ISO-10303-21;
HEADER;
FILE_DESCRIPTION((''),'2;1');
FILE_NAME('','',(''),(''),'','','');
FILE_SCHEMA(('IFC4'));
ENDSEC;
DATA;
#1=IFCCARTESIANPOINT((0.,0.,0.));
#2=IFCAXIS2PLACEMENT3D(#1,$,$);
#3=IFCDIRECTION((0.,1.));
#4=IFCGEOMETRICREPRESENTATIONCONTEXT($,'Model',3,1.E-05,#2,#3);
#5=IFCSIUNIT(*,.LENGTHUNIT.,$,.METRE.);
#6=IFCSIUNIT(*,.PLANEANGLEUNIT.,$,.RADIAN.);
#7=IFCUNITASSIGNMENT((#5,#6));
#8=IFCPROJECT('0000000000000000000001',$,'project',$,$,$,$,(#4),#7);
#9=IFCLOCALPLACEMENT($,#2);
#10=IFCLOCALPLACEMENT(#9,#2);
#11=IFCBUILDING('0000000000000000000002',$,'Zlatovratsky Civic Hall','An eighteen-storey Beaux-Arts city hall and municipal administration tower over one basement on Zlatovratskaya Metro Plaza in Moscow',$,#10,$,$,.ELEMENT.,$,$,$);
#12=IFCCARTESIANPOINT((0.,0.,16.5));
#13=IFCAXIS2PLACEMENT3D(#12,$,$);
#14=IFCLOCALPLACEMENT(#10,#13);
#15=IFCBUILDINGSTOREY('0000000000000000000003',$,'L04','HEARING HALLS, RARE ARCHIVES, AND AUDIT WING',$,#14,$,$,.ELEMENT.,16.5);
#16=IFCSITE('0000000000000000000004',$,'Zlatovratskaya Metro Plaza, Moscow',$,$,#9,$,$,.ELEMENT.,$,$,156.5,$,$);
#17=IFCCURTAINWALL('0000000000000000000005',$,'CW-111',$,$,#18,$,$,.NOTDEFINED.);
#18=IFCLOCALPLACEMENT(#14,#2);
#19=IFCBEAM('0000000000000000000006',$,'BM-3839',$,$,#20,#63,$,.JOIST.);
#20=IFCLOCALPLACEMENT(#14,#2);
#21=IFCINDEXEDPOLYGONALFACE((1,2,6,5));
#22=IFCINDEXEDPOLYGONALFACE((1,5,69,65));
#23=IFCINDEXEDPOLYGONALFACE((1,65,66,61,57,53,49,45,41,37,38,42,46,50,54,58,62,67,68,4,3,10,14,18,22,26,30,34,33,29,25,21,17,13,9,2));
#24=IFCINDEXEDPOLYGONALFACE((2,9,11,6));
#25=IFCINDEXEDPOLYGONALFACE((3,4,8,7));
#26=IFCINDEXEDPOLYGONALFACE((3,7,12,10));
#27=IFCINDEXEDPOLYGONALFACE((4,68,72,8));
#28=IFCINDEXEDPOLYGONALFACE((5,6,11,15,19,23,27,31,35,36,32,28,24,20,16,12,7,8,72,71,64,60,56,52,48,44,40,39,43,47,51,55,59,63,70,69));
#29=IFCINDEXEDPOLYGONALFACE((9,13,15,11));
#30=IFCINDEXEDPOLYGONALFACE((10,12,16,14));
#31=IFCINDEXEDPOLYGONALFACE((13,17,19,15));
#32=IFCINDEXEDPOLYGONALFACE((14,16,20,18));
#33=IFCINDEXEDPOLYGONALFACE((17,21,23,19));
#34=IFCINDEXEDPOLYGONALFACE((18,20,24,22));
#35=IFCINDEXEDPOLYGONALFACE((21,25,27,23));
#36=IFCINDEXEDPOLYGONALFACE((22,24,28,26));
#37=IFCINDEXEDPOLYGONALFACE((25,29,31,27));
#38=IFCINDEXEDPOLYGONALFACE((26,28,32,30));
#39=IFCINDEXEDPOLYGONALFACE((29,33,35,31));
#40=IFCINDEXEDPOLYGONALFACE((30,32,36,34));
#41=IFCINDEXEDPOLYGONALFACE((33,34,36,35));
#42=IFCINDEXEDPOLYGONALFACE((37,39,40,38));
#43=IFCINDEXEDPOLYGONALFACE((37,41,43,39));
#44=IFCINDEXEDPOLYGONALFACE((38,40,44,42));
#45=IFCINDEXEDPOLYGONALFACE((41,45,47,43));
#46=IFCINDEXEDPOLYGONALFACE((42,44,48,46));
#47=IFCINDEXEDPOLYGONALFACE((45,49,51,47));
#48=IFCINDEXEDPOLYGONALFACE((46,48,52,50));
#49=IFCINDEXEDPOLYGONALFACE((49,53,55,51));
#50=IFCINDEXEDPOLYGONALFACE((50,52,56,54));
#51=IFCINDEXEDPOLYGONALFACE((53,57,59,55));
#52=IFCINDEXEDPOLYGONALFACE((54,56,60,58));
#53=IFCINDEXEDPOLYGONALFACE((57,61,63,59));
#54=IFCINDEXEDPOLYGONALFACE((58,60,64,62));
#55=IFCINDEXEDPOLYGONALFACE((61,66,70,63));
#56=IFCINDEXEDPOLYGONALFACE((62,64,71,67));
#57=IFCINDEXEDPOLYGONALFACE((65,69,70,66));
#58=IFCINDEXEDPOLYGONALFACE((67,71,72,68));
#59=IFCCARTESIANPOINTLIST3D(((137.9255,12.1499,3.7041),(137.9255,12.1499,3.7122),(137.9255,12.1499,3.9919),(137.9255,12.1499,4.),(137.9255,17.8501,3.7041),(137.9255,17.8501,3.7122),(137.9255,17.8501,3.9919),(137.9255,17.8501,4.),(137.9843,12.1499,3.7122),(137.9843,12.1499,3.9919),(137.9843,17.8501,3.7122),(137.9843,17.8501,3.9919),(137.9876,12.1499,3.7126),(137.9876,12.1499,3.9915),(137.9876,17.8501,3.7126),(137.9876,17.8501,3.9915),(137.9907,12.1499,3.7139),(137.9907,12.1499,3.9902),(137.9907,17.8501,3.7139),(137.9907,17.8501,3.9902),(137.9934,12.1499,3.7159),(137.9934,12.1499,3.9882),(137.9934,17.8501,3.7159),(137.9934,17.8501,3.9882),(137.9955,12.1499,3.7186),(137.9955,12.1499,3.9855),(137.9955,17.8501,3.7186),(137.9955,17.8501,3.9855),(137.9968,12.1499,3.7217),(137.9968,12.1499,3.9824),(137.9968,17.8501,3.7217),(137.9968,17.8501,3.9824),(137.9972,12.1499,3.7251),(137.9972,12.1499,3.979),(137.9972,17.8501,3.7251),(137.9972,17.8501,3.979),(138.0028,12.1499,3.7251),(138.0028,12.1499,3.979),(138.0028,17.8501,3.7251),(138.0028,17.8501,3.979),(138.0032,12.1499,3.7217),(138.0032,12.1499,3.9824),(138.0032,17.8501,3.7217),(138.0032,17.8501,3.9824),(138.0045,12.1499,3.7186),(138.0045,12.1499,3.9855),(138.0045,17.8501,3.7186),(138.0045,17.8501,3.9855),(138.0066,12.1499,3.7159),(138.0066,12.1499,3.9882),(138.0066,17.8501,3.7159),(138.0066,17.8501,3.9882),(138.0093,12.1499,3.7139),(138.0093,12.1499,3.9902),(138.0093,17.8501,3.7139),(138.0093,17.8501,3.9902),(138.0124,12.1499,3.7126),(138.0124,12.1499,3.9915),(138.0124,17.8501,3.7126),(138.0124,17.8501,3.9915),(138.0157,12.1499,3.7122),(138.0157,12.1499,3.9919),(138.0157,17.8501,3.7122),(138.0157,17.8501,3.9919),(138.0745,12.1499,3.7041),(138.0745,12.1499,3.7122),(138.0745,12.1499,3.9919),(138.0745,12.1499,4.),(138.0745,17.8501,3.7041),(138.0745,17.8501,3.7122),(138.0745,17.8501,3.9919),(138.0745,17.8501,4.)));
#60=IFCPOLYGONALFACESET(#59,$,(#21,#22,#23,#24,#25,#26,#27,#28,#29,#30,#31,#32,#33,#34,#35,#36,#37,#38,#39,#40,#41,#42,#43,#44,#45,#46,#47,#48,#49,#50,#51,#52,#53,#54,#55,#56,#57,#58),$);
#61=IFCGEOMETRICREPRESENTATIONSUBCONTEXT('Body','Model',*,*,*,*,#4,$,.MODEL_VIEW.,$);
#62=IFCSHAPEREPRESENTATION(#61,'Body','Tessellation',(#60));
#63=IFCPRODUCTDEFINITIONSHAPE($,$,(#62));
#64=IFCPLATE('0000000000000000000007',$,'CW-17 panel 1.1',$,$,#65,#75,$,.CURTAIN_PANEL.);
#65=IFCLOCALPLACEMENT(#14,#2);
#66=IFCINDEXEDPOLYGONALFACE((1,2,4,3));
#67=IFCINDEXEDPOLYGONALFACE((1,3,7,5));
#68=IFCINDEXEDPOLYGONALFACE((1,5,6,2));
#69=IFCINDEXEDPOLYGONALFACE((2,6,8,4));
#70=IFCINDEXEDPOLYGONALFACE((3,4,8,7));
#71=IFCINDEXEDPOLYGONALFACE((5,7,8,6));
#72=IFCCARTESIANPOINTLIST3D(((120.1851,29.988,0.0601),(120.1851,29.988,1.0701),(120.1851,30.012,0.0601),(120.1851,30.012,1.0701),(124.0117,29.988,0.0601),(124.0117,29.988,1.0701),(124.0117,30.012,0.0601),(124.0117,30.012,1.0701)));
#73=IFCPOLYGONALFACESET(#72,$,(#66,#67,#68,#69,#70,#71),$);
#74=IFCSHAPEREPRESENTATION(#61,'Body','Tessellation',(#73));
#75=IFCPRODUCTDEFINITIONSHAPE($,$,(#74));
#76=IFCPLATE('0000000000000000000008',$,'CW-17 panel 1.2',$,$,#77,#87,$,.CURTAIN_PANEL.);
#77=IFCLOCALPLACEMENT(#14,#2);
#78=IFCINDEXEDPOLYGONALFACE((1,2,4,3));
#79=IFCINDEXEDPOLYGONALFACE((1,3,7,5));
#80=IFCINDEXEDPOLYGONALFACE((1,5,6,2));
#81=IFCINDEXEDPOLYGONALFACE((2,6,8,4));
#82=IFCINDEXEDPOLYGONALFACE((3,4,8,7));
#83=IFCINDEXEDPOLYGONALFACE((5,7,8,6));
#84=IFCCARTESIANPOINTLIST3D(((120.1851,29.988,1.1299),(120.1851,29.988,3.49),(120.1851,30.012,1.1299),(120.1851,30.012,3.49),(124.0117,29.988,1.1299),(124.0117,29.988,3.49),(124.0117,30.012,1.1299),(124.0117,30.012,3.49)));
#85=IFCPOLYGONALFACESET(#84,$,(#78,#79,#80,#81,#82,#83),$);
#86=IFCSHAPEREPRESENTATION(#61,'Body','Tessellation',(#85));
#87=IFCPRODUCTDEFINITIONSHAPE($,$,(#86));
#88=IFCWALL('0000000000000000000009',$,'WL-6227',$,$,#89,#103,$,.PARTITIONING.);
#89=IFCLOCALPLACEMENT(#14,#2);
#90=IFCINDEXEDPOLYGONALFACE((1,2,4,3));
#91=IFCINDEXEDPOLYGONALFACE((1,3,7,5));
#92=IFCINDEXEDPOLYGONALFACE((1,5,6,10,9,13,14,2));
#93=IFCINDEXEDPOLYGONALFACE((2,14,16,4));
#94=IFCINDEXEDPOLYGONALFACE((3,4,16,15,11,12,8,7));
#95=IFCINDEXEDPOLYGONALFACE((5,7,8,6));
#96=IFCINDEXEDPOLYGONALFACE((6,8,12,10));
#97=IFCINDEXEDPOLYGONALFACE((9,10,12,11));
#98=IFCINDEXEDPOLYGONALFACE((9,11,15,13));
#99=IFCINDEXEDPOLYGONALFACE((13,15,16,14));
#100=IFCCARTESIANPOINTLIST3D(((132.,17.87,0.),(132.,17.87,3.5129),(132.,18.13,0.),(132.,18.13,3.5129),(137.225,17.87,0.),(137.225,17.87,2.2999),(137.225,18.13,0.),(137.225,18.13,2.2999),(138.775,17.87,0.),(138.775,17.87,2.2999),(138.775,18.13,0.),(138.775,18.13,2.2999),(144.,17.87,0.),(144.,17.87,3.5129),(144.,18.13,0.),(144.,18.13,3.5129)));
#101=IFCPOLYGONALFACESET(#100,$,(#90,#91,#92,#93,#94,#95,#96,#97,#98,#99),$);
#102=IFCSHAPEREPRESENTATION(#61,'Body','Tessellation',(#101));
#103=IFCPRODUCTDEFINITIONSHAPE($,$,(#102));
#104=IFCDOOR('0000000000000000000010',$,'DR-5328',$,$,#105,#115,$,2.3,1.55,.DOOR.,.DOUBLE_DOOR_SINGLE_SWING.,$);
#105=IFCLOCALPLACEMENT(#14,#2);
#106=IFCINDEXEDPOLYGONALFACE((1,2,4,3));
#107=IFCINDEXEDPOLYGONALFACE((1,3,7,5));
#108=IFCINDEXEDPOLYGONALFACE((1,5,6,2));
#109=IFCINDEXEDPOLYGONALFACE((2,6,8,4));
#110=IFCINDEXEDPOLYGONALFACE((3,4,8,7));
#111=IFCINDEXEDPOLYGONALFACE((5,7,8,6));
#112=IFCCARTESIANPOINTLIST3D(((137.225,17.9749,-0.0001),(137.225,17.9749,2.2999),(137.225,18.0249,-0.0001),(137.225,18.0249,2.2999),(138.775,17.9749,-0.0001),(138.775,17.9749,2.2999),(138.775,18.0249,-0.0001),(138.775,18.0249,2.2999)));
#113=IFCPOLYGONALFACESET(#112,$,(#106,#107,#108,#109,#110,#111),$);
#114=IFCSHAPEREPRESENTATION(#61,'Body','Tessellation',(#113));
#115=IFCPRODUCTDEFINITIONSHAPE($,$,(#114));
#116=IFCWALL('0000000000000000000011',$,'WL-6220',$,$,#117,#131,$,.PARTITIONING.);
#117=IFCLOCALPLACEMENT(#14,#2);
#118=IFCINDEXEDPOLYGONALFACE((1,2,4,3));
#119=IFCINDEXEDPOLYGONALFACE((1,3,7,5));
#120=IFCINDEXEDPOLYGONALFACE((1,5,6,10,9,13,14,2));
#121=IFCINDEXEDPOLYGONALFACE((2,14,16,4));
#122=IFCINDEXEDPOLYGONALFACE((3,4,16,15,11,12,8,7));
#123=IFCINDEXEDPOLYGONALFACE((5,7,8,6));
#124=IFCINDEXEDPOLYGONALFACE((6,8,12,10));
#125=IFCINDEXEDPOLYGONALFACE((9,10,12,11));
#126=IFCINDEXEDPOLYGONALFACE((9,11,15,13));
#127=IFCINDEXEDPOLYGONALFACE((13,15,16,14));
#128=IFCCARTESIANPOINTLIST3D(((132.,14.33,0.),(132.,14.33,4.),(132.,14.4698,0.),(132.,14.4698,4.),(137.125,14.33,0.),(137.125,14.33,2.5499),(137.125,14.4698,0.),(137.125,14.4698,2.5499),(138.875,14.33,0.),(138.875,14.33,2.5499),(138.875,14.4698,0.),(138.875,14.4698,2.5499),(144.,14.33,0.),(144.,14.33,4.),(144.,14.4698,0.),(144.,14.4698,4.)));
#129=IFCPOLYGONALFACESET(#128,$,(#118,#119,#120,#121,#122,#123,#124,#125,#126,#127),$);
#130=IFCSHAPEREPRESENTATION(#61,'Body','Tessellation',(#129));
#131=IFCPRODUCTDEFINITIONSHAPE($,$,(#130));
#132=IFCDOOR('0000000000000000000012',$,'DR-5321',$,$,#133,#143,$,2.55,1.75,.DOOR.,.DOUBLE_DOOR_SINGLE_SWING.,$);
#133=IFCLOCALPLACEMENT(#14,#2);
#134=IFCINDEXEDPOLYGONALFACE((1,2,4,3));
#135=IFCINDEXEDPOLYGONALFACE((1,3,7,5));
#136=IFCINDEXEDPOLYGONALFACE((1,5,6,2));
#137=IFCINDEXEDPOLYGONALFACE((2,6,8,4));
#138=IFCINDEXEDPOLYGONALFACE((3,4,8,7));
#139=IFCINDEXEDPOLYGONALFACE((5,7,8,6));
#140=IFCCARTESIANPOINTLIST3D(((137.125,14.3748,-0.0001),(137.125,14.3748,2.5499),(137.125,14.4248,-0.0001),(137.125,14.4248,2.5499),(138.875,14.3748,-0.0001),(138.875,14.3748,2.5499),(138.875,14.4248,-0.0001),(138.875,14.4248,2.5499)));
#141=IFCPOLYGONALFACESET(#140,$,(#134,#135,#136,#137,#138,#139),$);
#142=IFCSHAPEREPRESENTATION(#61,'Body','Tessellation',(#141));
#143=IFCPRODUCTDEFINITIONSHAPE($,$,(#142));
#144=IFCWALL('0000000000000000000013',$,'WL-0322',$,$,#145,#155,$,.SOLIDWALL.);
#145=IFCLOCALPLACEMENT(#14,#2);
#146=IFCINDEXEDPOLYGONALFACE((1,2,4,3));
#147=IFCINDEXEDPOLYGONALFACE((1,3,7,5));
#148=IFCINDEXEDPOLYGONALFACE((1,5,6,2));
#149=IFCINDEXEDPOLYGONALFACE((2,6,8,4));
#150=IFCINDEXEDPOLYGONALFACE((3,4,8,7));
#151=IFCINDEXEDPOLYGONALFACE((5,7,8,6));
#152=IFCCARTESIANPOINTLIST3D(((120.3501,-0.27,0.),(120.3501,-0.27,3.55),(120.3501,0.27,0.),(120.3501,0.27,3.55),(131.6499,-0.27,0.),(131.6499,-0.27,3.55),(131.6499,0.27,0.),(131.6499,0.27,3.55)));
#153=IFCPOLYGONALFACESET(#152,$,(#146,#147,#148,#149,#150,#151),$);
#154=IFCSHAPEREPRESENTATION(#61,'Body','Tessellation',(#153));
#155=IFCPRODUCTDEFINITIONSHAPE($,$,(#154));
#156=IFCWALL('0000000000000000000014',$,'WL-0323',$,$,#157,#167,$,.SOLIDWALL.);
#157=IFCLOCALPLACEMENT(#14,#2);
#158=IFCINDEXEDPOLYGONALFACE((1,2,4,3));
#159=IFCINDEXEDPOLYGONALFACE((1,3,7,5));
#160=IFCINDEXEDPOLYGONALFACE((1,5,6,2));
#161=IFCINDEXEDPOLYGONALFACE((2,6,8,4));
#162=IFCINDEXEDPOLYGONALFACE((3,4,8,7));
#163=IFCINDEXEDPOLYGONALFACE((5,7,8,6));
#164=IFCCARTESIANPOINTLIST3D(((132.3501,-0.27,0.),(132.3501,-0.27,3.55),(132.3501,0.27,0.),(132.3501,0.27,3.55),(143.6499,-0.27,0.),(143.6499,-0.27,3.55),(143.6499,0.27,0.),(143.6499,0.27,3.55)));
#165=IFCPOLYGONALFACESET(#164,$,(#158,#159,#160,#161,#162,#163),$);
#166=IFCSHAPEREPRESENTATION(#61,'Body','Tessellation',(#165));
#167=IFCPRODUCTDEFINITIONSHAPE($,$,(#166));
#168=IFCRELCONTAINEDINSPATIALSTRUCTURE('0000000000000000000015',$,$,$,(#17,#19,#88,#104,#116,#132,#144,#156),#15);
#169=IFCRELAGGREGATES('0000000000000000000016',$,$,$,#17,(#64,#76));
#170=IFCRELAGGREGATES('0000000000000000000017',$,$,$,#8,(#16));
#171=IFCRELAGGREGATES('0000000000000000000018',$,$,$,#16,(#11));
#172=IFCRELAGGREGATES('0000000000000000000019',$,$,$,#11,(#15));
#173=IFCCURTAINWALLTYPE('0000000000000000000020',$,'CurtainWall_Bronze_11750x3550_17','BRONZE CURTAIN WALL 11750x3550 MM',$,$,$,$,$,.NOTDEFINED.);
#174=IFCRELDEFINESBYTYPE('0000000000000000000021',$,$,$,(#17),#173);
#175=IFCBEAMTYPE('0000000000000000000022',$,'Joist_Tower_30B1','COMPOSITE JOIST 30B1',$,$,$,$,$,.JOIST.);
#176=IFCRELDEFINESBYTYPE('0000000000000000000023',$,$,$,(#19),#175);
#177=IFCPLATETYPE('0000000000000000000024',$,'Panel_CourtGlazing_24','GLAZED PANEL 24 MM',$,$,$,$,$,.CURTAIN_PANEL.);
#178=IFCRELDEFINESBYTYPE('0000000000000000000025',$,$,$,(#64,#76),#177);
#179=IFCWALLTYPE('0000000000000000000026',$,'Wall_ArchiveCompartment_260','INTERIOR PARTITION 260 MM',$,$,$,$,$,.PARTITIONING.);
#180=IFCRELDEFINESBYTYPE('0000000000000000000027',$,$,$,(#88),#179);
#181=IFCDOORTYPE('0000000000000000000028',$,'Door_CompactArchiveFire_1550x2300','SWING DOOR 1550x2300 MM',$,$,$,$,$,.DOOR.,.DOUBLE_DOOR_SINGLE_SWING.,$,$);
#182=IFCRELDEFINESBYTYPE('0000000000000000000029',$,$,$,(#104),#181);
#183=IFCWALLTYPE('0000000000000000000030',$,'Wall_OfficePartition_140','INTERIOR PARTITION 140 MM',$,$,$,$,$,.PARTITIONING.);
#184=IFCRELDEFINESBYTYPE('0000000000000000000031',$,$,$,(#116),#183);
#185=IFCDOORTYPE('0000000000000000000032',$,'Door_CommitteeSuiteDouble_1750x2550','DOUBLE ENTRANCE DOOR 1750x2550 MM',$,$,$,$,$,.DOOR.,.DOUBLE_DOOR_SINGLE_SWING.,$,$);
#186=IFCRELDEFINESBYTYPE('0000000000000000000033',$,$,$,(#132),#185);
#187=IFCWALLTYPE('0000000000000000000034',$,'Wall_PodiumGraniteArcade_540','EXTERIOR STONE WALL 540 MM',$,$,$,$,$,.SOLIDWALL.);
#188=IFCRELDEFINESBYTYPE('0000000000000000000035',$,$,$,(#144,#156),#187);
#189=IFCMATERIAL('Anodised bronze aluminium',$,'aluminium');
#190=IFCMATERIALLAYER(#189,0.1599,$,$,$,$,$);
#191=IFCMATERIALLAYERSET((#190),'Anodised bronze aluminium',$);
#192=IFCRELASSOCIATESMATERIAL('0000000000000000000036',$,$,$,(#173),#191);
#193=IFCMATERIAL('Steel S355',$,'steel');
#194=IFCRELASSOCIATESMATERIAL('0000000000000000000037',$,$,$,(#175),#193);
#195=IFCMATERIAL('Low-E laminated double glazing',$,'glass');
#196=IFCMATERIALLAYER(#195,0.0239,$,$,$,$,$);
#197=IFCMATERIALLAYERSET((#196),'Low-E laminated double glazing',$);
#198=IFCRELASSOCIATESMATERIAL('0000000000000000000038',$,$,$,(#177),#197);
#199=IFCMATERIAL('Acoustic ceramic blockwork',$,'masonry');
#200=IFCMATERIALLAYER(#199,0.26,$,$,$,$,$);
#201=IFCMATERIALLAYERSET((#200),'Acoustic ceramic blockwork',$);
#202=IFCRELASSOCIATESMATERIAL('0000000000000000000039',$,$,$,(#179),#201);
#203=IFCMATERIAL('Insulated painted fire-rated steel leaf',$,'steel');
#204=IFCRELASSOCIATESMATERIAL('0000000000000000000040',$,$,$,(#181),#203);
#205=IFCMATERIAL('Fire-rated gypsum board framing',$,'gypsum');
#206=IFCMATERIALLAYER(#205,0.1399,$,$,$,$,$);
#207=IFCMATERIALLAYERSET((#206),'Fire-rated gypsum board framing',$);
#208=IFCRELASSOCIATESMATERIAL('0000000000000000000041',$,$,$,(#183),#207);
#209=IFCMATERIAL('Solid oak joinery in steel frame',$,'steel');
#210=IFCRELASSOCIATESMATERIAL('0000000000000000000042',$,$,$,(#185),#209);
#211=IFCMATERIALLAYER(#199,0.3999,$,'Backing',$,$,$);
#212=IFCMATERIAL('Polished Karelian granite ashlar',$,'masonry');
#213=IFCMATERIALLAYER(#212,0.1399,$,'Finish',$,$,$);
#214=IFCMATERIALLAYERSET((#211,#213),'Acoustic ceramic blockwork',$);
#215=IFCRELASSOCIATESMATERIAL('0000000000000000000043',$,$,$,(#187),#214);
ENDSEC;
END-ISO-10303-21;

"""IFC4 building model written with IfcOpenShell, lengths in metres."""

from ifc_helpers import new_model, si_unit, direction, frame, frame_2d, origin, origin_2d, place, context, subcontext, project, spatial, rectangle, i_section, extrude, material, layer, layer_set, material_profile, profile_set, type_object, element, fill, aggregate, save


model = new_model("IFC4")

# Units and contexts
model_context = context("Model", 3, precision=1e-05, world=origin(), true_north=direction((0.0, 1.0)))
body_context = subcontext(model_context, "Body", "Model", "MODEL_VIEW")
ifc_project = project(units=[si_unit("LENGTHUNIT", "METRE"), si_unit("PLANEANGLEUNIT", "RADIAN")], contexts=[model_context])

# Site, building, storey
site_placement = place(None, origin())
site = spatial("IfcSite", under=ifc_project, at=site_placement, Name="Zlatovratskaya Metro Plaza, Moscow", CompositionType="ELEMENT", RefElevation=156.5)
building_placement = place(site_placement, origin())
building = spatial("IfcBuilding", under=site, at=building_placement, Name="Zlatovratsky Civic Hall", Description="An eighteen-storey Beaux-Arts city hall and municipal administration tower over one basement on Zlatovratskaya Metro Plaza in Moscow", CompositionType="ELEMENT")
storey_placement = place(building_placement, frame((0.0, 0.0, 16.5)))
storey = spatial("IfcBuildingStorey", under=building, at=storey_placement, Name="L04", Description="HEARING HALLS, RARE ARCHIVES, AND AUDIT WING", CompositionType="ELEMENT", Elevation=16.5)

# Shared definitions
ifc_material_1 = material(Name="Steel S355", Category="steel")

# Curtain wall
ifc_material_2 = material(Name="Anodised bronze aluminium", Category="aluminium")
ifc_layer_1 = layer(ifc_material_2, 0.1599)
ifc_layer_set_1 = layer_set([ifc_layer_1], Name="Anodised bronze aluminium")
curtain_wall_type = type_object("IfcCurtainWallType", Name="CurtainWall_Bronze_11750x3550_17", Description="BRONZE CURTAIN WALL 11750x3550 MM", PredefinedType="NOTDEFINED", material=ifc_layer_set_1)
curtain_wall_placement = place(storey_placement, origin())
curtain_wall = element("IfcCurtainWall", 1, at=curtain_wall_placement, inside=storey, type_object=curtain_wall_type, Name="CW-111", PredefinedType="NOTDEFINED")

# Beam
ifc_material_profile_1 = material_profile(ifc_material_1, i_section(OverallWidth=0.1489, OverallDepth=0.2959, WebThickness=0.0056, FlangeThickness=0.0081, FilletRadius=0.0129, at=origin_2d()), Name="30B1")
ifc_profile_set_1 = profile_set([ifc_material_profile_1], Name="Steel S355")
beam_type_1 = type_object("IfcBeamType", Name="Joist_Tower_30B1", Description="COMPOSITE JOIST 30B1", PredefinedType="JOIST", material=ifc_profile_set_1)
for number, where, z_axis, x_axis, name in (
    (2, (138.0, 12.1499, 3.8521), (0.0, 1.0, 0.0), (-1.0, 0.0, 0.0), "BM-3839"),
):
    element("IfcBeam", number, at=place(storey_placement, frame(where, z_axis=z_axis, x_axis=x_axis)), inside=storey, type_object=beam_type_1, Name=name, PredefinedType="JOIST", context=body_context, shape_type="SweptSolid", body=[
        extrude(i_section(OverallWidth=0.1489, OverallDepth=0.2959, WebThickness=0.0056, FlangeThickness=0.0081, FilletRadius=0.0129, at=origin_2d()), origin(), (0.0, 0.0, 1.0), 5.7002),
    ])

# Plates
ifc_material_3 = material(Name="Low-E laminated double glazing", Category="glass")
ifc_layer_2 = layer(ifc_material_3, 0.0239)
ifc_layer_set_2 = layer_set([ifc_layer_2], Name="Low-E laminated double glazing")
plate_type = type_object("IfcPlateType", Name="Panel_CourtGlazing_24", Description="GLAZED PANEL 24 MM", PredefinedType="CURTAIN_PANEL", material=ifc_layer_set_2)
plate_1_placement = place(storey_placement, frame((122.0984, 30.0, 0.0601), z_axis=(0.0, 0.0, 1.0), x_axis=(1.0, 0.0, 0.0)))
plate_1 = element("IfcPlate", 3, at=plate_1_placement, type_object=plate_type, Name="CW-17 panel 1.1", PredefinedType="CURTAIN_PANEL", context=body_context, shape_type="SweptSolid", body=[
    extrude(rectangle(XDim=3.8267, YDim=0.0239, at=origin_2d()), origin(), (0.0, 0.0, 1.0), 1.01),
])
plate_2_placement = place(storey_placement, frame((122.0984, 30.0, 1.1299), z_axis=(0.0, 0.0, 1.0), x_axis=(1.0, 0.0, 0.0)))
plate_2 = element("IfcPlate", 4, at=plate_2_placement, type_object=plate_type, Name="CW-17 panel 1.2", PredefinedType="CURTAIN_PANEL", context=body_context, shape_type="SweptSolid", body=[
    extrude(rectangle(XDim=3.8267, YDim=0.0239, at=origin_2d()), origin(), (0.0, 0.0, 1.0), 2.3601),
])
aggregate(curtain_wall, [plate_1, plate_2])

# Walls, openings, doors
ifc_material_4 = material(Name="Acoustic ceramic blockwork", Category="masonry")
ifc_layer_3 = layer(ifc_material_4, 0.26)
ifc_layer_set_3 = layer_set([ifc_layer_3], Name="Acoustic ceramic blockwork")
wall_type_1 = type_object("IfcWallType", Name="Wall_ArchiveCompartment_260", Description="INTERIOR PARTITION 260 MM", PredefinedType="PARTITIONING", material=ifc_layer_set_3)
wall_1_placement = place(storey_placement, frame((132.0, 18.0, 0.0), z_axis=(0.0, 0.0, 1.0), x_axis=(1.0, 0.0, 0.0)))
wall_1 = element("IfcWall", 5, at=wall_1_placement, inside=storey, type_object=wall_type_1, Name="WL-6227", PredefinedType="PARTITIONING", context=body_context, shape_type="SweptSolid", body=[
    extrude(rectangle(XDim=12.0, YDim=0.26, at=frame_2d((6.0, 0.0))), origin(), (0.0, 0.0, 1.0), 3.5129),
])
opening_1_placement = place(wall_1_placement, frame((5.2251, 0.0, 0.0)))
opening_1 = element("IfcOpeningElement", 6, at=opening_1_placement, cuts=wall_1, PredefinedType="OPENING", context=body_context, shape_type="SweptSolid", body=[
    extrude(rectangle(XDim=1.55, YDim=2.3, at=frame_2d((0.7749, 1.1499))), frame((0.0, 0.145, 0.0), z_axis=(0.0, -1.0, 0.0), x_axis=(1.0, 0.0, 0.0)), (0.0, 0.0, 1.0), 0.2898),
])
ifc_material_5 = material(Name="Insulated painted fire-rated steel leaf", Category="steel")
door_type_1 = type_object("IfcDoorType", Name="Door_CompactArchiveFire_1550x2300", Description="SWING DOOR 1550x2300 MM", OperationType="DOUBLE_DOOR_SINGLE_SWING", PredefinedType="DOOR", material=ifc_material_5)
door_1_placement = place(opening_1_placement, origin())
door_1 = element("IfcDoor", 7, at=door_1_placement, inside=storey, type_object=door_type_1, Name="DR-5328", OperationType="DOUBLE_DOOR_SINGLE_SWING", OverallHeight=2.3, OverallWidth=1.55, PredefinedType="DOOR", context=body_context, shape_type="SweptSolid", body=[
    extrude(rectangle(XDim=1.55, YDim=2.3, at=frame_2d((0.7749, 1.1499))), frame((0.0, 0.0249, 0.0), z_axis=(0.0, -1.0, 0.0), x_axis=(1.0, 0.0, 0.0)), (0.0, 0.0, 1.0), 0.05),
])
fill(opening_1, door_1)
ifc_material_6 = material(Name="Fire-rated gypsum board framing", Category="gypsum")
ifc_layer_4 = layer(ifc_material_6, 0.1399)
ifc_layer_set_4 = layer_set([ifc_layer_4], Name="Fire-rated gypsum board framing")
wall_type_2 = type_object("IfcWallType", Name="Wall_OfficePartition_140", Description="INTERIOR PARTITION 140 MM", PredefinedType="PARTITIONING", material=ifc_layer_set_4)
wall_2_placement = place(storey_placement, frame((132.0, 14.3999, 0.0), z_axis=(0.0, 0.0, 1.0), x_axis=(1.0, 0.0, 0.0)))
wall_2 = element("IfcWall", 8, at=wall_2_placement, inside=storey, type_object=wall_type_2, Name="WL-6220", PredefinedType="PARTITIONING", context=body_context, shape_type="SweptSolid", body=[
    extrude(rectangle(XDim=12.0, YDim=0.1399, at=frame_2d((6.0, 0.0))), origin(), (0.0, 0.0, 1.0), 4.0),
])
opening_2_placement = place(wall_2_placement, frame((5.125, 0.0, 0.0)))
opening_2 = element("IfcOpeningElement", 9, at=opening_2_placement, cuts=wall_2, PredefinedType="OPENING", context=body_context, shape_type="SweptSolid", body=[
    extrude(rectangle(XDim=1.75, YDim=2.55, at=frame_2d((0.875, 1.2749))), frame((0.0, 0.085, 0.0), z_axis=(0.0, -1.0, 0.0), x_axis=(1.0, 0.0, 0.0)), (0.0, 0.0, 1.0), 0.1697),
])
ifc_material_7 = material(Name="Solid oak joinery in steel frame", Category="steel")
door_type_2 = type_object("IfcDoorType", Name="Door_CommitteeSuiteDouble_1750x2550", Description="DOUBLE ENTRANCE DOOR 1750x2550 MM", OperationType="DOUBLE_DOOR_SINGLE_SWING", PredefinedType="DOOR", material=ifc_material_7)
door_2_placement = place(opening_2_placement, origin())
door_2 = element("IfcDoor", 10, at=door_2_placement, inside=storey, type_object=door_type_2, Name="DR-5321", OperationType="DOUBLE_DOOR_SINGLE_SWING", OverallHeight=2.55, OverallWidth=1.75, PredefinedType="DOOR", context=body_context, shape_type="SweptSolid", body=[
    extrude(rectangle(XDim=1.75, YDim=2.55, at=frame_2d((0.875, 1.2749))), frame((0.0, 0.0249, 0.0), z_axis=(0.0, -1.0, 0.0), x_axis=(1.0, 0.0, 0.0)), (0.0, 0.0, 1.0), 0.05),
])
fill(opening_2, door_2)

# Walls
ifc_layer_5 = layer(ifc_material_4, 0.3999, Name="Backing")
ifc_material_8 = material(Name="Polished Karelian granite ashlar", Category="masonry")
ifc_layer_6 = layer(ifc_material_8, 0.1399, Name="Finish")
ifc_layer_set_5 = layer_set([ifc_layer_5, ifc_layer_6], Name="Acoustic ceramic blockwork")
wall_type_3 = type_object("IfcWallType", Name="Wall_PodiumGraniteArcade_540", Description="EXTERIOR STONE WALL 540 MM", PredefinedType="SOLIDWALL", material=ifc_layer_set_5)
for number, where, z_axis, x_axis, name in (
    (11, (120.3501, 0.0, 0.0), (0.0, 0.0, 1.0), (1.0, 0.0, 0.0), "WL-0322"),
    (12, (132.3501, 0.0, 0.0), (0.0, 0.0, 1.0), (1.0, 0.0, 0.0), "WL-0323"),
):
    element("IfcWall", number, at=place(storey_placement, frame(where, z_axis=z_axis, x_axis=x_axis)), inside=storey, type_object=wall_type_3, Name=name, PredefinedType="SOLIDWALL", context=body_context, shape_type="SweptSolid", body=[
        extrude(rectangle(XDim=11.2998, YDim=0.54, at=frame_2d((5.6499, 0.0))), origin(), (0.0, 0.0, 1.0), 3.55),
    ])

save(model, "model.ifc")
